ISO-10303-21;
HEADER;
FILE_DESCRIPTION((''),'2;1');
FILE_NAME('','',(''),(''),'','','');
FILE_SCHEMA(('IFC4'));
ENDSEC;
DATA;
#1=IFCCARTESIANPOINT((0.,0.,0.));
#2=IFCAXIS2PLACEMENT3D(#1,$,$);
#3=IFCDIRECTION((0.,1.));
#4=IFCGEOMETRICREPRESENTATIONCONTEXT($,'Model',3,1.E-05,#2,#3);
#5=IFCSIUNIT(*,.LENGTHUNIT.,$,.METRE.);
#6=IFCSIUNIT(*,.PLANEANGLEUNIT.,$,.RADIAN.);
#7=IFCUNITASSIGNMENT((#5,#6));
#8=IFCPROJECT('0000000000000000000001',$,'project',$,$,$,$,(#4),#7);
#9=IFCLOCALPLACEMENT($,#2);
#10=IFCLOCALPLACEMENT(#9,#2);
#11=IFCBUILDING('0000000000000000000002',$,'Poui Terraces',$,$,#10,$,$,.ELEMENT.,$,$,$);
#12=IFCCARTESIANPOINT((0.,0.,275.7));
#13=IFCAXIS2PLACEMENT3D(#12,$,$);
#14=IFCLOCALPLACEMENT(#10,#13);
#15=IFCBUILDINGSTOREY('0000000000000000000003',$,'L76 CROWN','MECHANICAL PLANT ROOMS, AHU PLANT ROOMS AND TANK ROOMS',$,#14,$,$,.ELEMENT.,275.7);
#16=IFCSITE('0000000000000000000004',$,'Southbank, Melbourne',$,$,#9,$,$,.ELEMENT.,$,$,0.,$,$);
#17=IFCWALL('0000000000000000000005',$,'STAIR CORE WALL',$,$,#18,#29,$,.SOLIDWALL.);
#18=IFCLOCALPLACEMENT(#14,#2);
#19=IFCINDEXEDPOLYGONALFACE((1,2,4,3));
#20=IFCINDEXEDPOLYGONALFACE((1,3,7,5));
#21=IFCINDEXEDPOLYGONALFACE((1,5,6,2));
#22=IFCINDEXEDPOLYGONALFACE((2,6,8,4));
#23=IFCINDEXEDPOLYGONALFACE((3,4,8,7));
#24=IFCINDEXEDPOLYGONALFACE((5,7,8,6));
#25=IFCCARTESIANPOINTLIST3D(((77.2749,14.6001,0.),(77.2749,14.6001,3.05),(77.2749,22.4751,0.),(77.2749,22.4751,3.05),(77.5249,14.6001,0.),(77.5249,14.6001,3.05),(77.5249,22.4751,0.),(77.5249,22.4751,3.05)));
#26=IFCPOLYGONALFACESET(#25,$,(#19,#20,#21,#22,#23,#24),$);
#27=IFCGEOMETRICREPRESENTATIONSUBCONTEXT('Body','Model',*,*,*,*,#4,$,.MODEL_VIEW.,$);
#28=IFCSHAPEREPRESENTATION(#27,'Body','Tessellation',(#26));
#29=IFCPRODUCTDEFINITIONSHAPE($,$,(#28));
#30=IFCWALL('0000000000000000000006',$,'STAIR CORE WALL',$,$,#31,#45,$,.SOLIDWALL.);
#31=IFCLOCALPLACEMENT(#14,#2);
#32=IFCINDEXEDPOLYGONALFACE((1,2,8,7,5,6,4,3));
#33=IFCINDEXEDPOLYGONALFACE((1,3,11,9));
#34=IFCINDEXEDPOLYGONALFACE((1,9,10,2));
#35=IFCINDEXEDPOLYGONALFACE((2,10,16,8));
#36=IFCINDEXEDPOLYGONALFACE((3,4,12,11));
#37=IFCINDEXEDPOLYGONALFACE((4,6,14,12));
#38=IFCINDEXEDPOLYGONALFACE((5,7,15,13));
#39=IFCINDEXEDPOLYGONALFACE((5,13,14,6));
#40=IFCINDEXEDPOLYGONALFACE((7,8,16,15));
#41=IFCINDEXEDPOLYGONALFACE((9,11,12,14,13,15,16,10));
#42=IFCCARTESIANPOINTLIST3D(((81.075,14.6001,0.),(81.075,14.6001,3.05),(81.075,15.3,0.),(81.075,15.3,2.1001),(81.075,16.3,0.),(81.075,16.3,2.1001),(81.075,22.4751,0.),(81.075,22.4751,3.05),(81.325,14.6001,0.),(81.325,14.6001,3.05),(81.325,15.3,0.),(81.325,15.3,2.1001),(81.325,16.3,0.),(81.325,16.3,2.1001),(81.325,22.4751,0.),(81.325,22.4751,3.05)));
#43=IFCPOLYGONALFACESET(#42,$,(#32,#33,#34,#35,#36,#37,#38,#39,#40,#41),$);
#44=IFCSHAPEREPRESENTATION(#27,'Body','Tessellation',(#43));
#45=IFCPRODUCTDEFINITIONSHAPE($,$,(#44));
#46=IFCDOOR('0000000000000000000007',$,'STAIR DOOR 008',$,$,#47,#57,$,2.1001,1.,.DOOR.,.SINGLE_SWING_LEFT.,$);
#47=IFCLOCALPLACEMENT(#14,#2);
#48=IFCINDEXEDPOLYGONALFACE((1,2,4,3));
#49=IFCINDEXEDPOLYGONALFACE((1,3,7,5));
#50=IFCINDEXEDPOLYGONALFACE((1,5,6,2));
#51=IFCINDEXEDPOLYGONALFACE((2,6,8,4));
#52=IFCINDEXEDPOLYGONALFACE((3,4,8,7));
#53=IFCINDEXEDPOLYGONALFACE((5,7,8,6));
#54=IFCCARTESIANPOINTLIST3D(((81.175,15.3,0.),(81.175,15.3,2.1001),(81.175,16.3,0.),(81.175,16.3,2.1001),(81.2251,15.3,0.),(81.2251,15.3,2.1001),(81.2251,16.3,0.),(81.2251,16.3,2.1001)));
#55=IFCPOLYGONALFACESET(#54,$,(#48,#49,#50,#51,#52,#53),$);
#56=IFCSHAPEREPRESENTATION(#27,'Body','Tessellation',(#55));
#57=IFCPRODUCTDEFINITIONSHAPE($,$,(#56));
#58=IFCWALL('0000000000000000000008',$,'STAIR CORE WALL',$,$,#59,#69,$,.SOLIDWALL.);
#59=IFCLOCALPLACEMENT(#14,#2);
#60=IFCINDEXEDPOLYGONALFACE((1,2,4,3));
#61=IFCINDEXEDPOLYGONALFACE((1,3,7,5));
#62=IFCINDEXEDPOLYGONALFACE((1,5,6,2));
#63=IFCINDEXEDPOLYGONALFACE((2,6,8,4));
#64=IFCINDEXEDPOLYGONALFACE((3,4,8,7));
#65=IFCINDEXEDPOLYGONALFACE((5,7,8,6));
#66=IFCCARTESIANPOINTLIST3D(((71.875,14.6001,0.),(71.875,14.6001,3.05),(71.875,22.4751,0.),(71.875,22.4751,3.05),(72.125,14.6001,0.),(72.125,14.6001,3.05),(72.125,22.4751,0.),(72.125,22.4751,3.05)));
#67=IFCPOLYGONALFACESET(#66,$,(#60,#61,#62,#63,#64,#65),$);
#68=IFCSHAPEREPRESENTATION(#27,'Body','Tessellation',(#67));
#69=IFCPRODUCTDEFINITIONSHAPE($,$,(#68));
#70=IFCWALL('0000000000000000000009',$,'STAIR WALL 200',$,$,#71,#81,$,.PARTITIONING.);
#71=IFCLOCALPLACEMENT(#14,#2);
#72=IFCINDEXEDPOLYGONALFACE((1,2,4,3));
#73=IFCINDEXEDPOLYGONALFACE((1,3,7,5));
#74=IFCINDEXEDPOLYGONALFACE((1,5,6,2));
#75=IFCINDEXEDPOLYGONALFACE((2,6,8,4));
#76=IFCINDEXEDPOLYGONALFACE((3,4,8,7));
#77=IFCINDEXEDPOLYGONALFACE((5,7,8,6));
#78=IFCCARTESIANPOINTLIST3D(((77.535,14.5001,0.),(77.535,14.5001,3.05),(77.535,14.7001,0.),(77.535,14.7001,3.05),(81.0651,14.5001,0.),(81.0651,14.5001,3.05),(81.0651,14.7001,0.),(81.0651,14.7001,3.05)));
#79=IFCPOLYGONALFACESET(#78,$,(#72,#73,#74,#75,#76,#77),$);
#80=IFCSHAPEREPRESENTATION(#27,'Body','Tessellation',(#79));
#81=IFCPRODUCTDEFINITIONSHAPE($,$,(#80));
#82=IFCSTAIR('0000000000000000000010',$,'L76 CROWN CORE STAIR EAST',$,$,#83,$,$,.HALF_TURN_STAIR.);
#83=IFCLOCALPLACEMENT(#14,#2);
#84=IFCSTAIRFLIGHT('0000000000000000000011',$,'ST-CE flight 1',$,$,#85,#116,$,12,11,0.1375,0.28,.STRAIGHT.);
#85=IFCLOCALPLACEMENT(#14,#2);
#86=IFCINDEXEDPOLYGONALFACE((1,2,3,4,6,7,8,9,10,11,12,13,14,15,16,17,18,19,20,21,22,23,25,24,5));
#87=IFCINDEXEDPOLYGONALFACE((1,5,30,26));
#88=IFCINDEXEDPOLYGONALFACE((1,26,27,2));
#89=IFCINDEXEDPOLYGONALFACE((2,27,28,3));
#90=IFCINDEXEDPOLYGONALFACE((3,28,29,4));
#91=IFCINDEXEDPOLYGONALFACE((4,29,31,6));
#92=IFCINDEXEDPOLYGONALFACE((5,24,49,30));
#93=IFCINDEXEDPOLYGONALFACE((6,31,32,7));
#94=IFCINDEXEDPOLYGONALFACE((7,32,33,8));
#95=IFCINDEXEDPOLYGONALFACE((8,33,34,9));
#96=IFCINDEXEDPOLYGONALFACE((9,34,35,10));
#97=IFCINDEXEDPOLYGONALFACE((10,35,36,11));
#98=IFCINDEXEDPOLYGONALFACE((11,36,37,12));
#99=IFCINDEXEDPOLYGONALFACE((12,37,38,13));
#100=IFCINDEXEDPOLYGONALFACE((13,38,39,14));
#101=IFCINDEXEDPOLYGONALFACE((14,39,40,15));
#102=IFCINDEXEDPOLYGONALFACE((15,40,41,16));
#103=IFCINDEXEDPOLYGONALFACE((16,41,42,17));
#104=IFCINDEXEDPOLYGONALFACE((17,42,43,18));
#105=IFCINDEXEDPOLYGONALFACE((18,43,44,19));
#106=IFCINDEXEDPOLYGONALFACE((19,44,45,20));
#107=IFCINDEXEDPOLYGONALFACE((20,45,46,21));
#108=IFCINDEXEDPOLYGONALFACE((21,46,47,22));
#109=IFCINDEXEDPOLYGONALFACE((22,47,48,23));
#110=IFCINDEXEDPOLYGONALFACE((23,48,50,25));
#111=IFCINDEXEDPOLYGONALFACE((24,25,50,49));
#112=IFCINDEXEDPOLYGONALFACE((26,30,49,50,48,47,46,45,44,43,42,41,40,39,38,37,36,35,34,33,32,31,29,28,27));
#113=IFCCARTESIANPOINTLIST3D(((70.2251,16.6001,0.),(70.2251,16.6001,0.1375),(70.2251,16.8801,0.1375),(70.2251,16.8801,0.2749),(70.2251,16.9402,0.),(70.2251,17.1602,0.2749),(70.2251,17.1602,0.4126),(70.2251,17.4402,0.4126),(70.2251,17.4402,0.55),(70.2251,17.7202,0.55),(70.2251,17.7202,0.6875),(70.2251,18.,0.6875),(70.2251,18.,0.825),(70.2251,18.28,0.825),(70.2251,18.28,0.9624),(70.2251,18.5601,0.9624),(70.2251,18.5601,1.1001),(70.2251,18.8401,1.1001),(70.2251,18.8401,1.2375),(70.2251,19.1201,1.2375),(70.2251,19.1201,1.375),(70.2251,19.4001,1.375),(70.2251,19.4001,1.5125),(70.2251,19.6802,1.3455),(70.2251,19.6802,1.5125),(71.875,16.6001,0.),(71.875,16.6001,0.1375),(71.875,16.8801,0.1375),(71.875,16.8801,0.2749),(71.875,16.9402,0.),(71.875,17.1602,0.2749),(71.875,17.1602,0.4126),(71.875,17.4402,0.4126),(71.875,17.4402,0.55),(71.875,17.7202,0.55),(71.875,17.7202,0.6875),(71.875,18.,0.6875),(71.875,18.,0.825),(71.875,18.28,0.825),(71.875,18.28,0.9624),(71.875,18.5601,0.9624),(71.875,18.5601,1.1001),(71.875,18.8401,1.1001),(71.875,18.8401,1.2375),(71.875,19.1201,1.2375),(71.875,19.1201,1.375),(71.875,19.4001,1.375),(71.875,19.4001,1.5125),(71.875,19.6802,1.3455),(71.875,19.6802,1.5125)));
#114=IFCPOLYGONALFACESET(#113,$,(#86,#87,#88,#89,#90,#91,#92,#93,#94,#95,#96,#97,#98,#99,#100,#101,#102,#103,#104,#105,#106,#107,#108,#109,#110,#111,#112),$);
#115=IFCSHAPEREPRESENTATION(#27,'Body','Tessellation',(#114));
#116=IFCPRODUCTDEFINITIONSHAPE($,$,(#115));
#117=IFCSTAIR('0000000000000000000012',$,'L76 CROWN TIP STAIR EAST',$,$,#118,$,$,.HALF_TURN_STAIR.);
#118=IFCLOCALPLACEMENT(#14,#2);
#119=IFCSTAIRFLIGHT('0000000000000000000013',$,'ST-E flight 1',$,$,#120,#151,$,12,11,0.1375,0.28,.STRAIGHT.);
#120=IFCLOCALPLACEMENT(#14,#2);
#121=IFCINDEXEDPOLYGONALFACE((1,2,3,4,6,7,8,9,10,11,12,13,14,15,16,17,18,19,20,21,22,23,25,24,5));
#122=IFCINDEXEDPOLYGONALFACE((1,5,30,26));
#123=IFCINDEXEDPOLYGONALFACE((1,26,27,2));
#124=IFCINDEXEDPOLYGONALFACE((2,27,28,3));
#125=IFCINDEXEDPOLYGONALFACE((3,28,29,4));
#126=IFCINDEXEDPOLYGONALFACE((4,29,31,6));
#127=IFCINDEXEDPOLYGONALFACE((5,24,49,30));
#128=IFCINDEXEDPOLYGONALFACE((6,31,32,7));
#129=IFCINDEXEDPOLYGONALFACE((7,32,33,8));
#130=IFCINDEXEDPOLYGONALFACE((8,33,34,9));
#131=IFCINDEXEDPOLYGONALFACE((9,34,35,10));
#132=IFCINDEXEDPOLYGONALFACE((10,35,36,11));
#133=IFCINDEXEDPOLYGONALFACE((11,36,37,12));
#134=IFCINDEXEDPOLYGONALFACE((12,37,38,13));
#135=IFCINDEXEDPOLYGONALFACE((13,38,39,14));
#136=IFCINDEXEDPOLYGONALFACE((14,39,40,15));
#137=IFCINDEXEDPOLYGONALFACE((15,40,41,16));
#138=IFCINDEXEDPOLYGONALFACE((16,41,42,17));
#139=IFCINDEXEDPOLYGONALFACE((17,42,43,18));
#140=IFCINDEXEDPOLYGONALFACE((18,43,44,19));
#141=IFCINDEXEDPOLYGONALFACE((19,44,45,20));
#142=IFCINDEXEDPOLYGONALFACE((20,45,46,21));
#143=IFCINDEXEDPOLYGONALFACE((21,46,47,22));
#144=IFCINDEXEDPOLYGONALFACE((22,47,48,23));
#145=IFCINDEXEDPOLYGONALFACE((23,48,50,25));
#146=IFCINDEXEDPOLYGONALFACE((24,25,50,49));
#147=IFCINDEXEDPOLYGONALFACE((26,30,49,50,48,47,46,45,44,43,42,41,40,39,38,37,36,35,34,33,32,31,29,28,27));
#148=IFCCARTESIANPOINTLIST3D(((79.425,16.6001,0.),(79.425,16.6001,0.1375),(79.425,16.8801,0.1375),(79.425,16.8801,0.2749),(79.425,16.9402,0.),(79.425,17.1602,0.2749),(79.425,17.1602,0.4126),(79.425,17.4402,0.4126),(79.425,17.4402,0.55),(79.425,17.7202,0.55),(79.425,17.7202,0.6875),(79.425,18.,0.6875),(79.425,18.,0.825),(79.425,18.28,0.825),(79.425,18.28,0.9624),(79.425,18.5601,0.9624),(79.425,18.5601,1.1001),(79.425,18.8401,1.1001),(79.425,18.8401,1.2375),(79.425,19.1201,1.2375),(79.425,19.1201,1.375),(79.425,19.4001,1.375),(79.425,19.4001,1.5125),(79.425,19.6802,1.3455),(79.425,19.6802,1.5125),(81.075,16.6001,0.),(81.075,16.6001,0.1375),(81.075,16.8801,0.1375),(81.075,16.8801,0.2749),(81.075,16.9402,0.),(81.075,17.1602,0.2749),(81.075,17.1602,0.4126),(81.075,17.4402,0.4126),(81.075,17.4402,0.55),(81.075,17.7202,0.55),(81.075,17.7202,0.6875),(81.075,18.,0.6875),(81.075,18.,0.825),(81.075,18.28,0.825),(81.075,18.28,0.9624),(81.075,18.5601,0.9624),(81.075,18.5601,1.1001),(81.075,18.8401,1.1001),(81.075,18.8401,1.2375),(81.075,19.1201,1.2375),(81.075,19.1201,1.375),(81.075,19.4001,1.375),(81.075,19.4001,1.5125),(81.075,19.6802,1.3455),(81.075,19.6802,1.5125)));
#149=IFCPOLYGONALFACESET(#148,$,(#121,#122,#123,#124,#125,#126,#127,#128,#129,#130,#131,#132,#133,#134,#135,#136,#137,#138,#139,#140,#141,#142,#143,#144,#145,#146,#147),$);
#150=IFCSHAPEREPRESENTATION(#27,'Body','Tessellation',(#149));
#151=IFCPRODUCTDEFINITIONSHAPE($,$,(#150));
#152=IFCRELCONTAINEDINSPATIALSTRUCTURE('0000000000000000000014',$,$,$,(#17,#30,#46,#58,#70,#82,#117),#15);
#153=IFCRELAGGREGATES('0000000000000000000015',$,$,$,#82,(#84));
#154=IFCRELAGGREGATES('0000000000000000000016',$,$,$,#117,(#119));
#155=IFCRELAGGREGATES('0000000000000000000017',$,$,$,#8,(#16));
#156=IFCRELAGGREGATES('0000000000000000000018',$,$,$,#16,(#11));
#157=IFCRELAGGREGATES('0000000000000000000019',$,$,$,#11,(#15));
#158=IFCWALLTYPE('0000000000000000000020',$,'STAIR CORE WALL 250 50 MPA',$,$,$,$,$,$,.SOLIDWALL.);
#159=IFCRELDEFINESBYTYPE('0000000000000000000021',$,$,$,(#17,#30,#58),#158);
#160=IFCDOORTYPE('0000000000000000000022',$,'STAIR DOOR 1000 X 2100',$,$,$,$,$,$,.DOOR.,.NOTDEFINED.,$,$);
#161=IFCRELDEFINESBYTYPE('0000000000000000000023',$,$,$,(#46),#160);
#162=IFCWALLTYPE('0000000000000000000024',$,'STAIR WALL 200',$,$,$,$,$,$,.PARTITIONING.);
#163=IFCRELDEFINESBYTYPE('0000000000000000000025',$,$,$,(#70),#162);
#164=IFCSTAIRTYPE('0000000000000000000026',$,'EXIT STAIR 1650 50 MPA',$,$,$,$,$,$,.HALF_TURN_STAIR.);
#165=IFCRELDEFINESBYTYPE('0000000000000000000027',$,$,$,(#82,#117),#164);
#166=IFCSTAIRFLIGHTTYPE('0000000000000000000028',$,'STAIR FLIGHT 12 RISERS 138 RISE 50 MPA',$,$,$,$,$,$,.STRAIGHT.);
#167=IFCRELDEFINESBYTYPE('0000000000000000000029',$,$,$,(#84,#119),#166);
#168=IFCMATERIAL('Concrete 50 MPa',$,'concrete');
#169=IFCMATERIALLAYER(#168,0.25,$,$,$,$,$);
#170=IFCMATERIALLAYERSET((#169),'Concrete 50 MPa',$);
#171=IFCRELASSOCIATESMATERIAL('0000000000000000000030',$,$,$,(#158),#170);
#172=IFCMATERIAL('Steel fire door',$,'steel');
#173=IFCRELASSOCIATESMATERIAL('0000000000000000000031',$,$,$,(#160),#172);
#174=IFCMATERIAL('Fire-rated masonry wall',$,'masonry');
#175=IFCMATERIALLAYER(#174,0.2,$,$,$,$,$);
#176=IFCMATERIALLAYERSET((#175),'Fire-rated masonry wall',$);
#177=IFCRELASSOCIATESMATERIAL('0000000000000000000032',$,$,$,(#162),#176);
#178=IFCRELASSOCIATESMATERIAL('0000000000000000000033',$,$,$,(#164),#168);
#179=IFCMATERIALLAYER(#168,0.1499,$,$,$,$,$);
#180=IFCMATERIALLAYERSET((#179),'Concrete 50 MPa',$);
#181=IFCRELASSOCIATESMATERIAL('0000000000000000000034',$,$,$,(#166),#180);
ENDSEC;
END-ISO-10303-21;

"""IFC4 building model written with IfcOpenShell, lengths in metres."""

from ifc_helpers import new_model, si_unit, direction, frame, frame_2d, origin, place, context, subcontext, project, spatial, polyline, rectangle, outline, extrude, material, layer, layer_set, type_object, element, fill, aggregate, save


model = new_model("IFC4")

# Units and contexts
model_context = context("Model", 3, precision=1e-05, world=origin(), true_north=direction((0.0, 1.0)))
body_context = subcontext(model_context, "Body", "Model", "MODEL_VIEW")
ifc_project = project(units=[si_unit("LENGTHUNIT", "METRE"), si_unit("PLANEANGLEUNIT", "RADIAN")], contexts=[model_context])

# Site, building, storey
site_placement = place(None, origin())
site = spatial("IfcSite", under=ifc_project, at=site_placement, Name="Southbank, Melbourne", CompositionType="ELEMENT", RefElevation=0.0)
building_placement = place(site_placement, origin())
building = spatial("IfcBuilding", under=site, at=building_placement, Name="Poui Terraces", CompositionType="ELEMENT")
storey_placement = place(building_placement, frame((0.0, 0.0, 275.7)))
storey = spatial("IfcBuildingStorey", under=building, at=storey_placement, Name="L76 CROWN", Description="MECHANICAL PLANT ROOMS, AHU PLANT ROOMS AND TANK ROOMS", CompositionType="ELEMENT", Elevation=275.7)

# Shared definitions
ifc_material_1 = material(Name="Concrete 50 MPa", Category="concrete")

# Shared definitions
ifc_material_2 = material(Name="Steel fire door", Category="steel")

# Shared definitions
ifc_material_3 = material(Name="Fire-rated masonry wall", Category="masonry")

# Wall
ifc_layer_1 = layer(ifc_material_1, 0.25)
ifc_layer_set_1 = layer_set([ifc_layer_1], Name="Concrete 50 MPa")
wall_type_1 = type_object("IfcWallType", Name="STAIR CORE WALL 250 50 MPA", PredefinedType="SOLIDWALL", material=ifc_layer_set_1)
wall_1_placement = place(storey_placement, frame((77.3999, 14.6001, 0.0), z_axis=(0.0, 0.0, 1.0), x_axis=(0.0, 1.0, 0.0)))
element("IfcWall", 1, at=wall_1_placement, inside=storey, type_object=wall_type_1, Name="STAIR CORE WALL", PredefinedType="SOLIDWALL", context=body_context, shape_type="SweptSolid", body=[
    extrude(rectangle(XDim=7.875, YDim=0.25, at=frame_2d((3.9375, 0.0))), origin(), (0.0, 0.0, 1.0), 3.05),
])

# Wall, opening, door
wall_2_placement = place(storey_placement, frame((81.2, 14.6001, 0.0), z_axis=(0.0, 0.0, 1.0), x_axis=(0.0, 1.0, 0.0)))
wall_2 = element("IfcWall", 2, at=wall_2_placement, inside=storey, type_object=wall_type_1, Name="STAIR CORE WALL", PredefinedType="SOLIDWALL", context=body_context, shape_type="SweptSolid", body=[
    extrude(rectangle(XDim=7.875, YDim=0.25, at=frame_2d((3.9375, 0.0))), origin(), (0.0, 0.0, 1.0), 3.05),
])
opening_1_placement = place(wall_2_placement, frame((0.7, 0.0, 0.0)))
opening_1 = element("IfcOpeningElement", 3, at=opening_1_placement, cuts=wall_2, PredefinedType="OPENING", context=body_context, shape_type="SweptSolid", body=[
    extrude(rectangle(XDim=1.0, YDim=2.1001, at=frame_2d((0.5, 1.05))), frame((0.0, 0.135, 0.0), z_axis=(0.0, -1.0, 0.0), x_axis=(1.0, 0.0, 0.0)), (0.0, 0.0, 1.0), 0.27),
])
door_type_1 = type_object("IfcDoorType", Name="STAIR DOOR 1000 X 2100", OperationType="NOTDEFINED", PredefinedType="DOOR", material=ifc_material_2)
door_1_placement = place(opening_1_placement, origin())
door_1 = element("IfcDoor", 4, at=door_1_placement, inside=storey, type_object=door_type_1, Name="STAIR DOOR 008", OperationType="SINGLE_SWING_LEFT", OverallHeight=2.1001, OverallWidth=1.0, PredefinedType="DOOR", context=body_context, shape_type="SweptSolid", body=[
    extrude(rectangle(XDim=1.0, YDim=2.1001, at=frame_2d((0.5, 1.05))), frame((0.0, 0.0249, 0.0), z_axis=(0.0, -1.0, 0.0), x_axis=(1.0, 0.0, 0.0)), (0.0, 0.0, 1.0), 0.05),
])
fill(opening_1, door_1)

# Walls
wall_3_placement = place(storey_placement, frame((72.0, 14.6001, 0.0), z_axis=(0.0, 0.0, 1.0), x_axis=(0.0, 1.0, 0.0)))
element("IfcWall", 5, at=wall_3_placement, inside=storey, type_object=wall_type_1, Name="STAIR CORE WALL", PredefinedType="SOLIDWALL", context=body_context, shape_type="SweptSolid", body=[
    extrude(rectangle(XDim=7.875, YDim=0.25, at=frame_2d((3.9375, 0.0))), origin(), (0.0, 0.0, 1.0), 3.05),
])
ifc_layer_2 = layer(ifc_material_3, 0.2)
ifc_layer_set_2 = layer_set([ifc_layer_2], Name="Fire-rated masonry wall")
wall_type_2 = type_object("IfcWallType", Name="STAIR WALL 200", PredefinedType="PARTITIONING", material=ifc_layer_set_2)
wall_4_placement = place(storey_placement, frame((77.5349, 14.6001, 0.0), z_axis=(0.0, 0.0, 1.0), x_axis=(1.0, 0.0, 0.0)))
element("IfcWall", 6, at=wall_4_placement, inside=storey, type_object=wall_type_2, Name="STAIR WALL 200", PredefinedType="PARTITIONING", context=body_context, shape_type="SweptSolid", body=[
    extrude(rectangle(XDim=3.53, YDim=0.2, at=frame_2d((1.7651, 0.0))), origin(), (0.0, 0.0, 1.0), 3.05),
])

# Stairs, stair flights
stair_type = type_object("IfcStairType", Name="EXIT STAIR 1650 50 MPA", PredefinedType="HALF_TURN_STAIR", material=ifc_material_1)
stair_1_placement = place(storey_placement, origin())
stair_1 = element("IfcStair", 7, at=stair_1_placement, inside=storey, type_object=stair_type, Name="L76 CROWN CORE STAIR EAST", PredefinedType="HALF_TURN_STAIR")
ifc_layer_3 = layer(ifc_material_1, 0.1499)
ifc_layer_set_3 = layer_set([ifc_layer_3], Name="Concrete 50 MPa")
stair_flight_type = type_object("IfcStairFlightType", Name="STAIR FLIGHT 12 RISERS 138 RISE 50 MPA", PredefinedType="STRAIGHT", material=ifc_layer_set_3)
stair_flight_1_placement = place(storey_placement, frame((71.05, 16.6001, 0.0), z_axis=(0.0, 0.0, 1.0), x_axis=(0.0, 1.0, 0.0)))
stair_flight_1 = element("IfcStairFlight", 8, at=stair_flight_1_placement, type_object=stair_flight_type, Name="ST-CE flight 1", NumberOfRisers=12, NumberOfTreads=11, PredefinedType="STRAIGHT", RiserHeight=0.1375, TreadLength=0.28, context=body_context, shape_type="SweptSolid", body=[
    extrude(outline(polyline([(0.0, 0.0), (0.0, 0.1375), (0.28, 0.1375), (0.28, 0.2749), (0.5601, 0.2749), (0.5601, 0.4126), (0.8401, 0.4126), (0.8401, 0.55), (1.1201, 0.55), (1.1201, 0.6875), (1.3999, 0.6875), (1.3999, 0.825), (1.6799, 0.825), (1.6799, 0.9624), (1.96, 0.9624), (1.96, 1.1001), (2.24, 1.1001), (2.24, 1.2375), (2.52, 1.2375), (2.52, 1.375), (2.8, 1.375), (2.8, 1.5125), (3.0801, 1.5125), (3.0801, 1.6499), (3.0801, 1.3455), (0.3401, 0.0), (0.0, 0.0)])), frame((0.0, 0.825, 0.0), z_axis=(0.0, -1.0, 0.0), x_axis=(1.0, 0.0, 0.0)), (0.0, 0.0, 1.0), 1.6499),
])
aggregate(stair_1, [stair_flight_1])
stair_2_placement = place(storey_placement, origin())
stair_2 = element("IfcStair", 9, at=stair_2_placement, inside=storey, type_object=stair_type, Name="L76 CROWN TIP STAIR EAST", PredefinedType="HALF_TURN_STAIR")
stair_flight_2_placement = place(storey_placement, frame((80.25, 16.6001, 0.0), z_axis=(0.0, 0.0, 1.0), x_axis=(0.0, 1.0, 0.0)))
stair_flight_2 = element("IfcStairFlight", 10, at=stair_flight_2_placement, type_object=stair_flight_type, Name="ST-E flight 1", NumberOfRisers=12, NumberOfTreads=11, PredefinedType="STRAIGHT", RiserHeight=0.1375, TreadLength=0.28, context=body_context, shape_type="SweptSolid", body=[
    extrude(outline(polyline([(0.0, 0.0), (0.0, 0.1375), (0.28, 0.1375), (0.28, 0.2749), (0.5601, 0.2749), (0.5601, 0.4126), (0.8401, 0.4126), (0.8401, 0.55), (1.1201, 0.55), (1.1201, 0.6875), (1.3999, 0.6875), (1.3999, 0.825), (1.6799, 0.825), (1.6799, 0.9624), (1.96, 0.9624), (1.96, 1.1001), (2.24, 1.1001), (2.24, 1.2375), (2.52, 1.2375), (2.52, 1.375), (2.8, 1.375), (2.8, 1.5125), (3.0801, 1.5125), (3.0801, 1.6499), (3.0801, 1.3455), (0.3401, 0.0), (0.0, 0.0)])), frame((0.0, 0.825, 0.0), z_axis=(0.0, -1.0, 0.0), x_axis=(1.0, 0.0, 0.0)), (0.0, 0.0, 1.0), 1.6499),
])
aggregate(stair_2, [stair_flight_2])

save(model, "model.ifc")
